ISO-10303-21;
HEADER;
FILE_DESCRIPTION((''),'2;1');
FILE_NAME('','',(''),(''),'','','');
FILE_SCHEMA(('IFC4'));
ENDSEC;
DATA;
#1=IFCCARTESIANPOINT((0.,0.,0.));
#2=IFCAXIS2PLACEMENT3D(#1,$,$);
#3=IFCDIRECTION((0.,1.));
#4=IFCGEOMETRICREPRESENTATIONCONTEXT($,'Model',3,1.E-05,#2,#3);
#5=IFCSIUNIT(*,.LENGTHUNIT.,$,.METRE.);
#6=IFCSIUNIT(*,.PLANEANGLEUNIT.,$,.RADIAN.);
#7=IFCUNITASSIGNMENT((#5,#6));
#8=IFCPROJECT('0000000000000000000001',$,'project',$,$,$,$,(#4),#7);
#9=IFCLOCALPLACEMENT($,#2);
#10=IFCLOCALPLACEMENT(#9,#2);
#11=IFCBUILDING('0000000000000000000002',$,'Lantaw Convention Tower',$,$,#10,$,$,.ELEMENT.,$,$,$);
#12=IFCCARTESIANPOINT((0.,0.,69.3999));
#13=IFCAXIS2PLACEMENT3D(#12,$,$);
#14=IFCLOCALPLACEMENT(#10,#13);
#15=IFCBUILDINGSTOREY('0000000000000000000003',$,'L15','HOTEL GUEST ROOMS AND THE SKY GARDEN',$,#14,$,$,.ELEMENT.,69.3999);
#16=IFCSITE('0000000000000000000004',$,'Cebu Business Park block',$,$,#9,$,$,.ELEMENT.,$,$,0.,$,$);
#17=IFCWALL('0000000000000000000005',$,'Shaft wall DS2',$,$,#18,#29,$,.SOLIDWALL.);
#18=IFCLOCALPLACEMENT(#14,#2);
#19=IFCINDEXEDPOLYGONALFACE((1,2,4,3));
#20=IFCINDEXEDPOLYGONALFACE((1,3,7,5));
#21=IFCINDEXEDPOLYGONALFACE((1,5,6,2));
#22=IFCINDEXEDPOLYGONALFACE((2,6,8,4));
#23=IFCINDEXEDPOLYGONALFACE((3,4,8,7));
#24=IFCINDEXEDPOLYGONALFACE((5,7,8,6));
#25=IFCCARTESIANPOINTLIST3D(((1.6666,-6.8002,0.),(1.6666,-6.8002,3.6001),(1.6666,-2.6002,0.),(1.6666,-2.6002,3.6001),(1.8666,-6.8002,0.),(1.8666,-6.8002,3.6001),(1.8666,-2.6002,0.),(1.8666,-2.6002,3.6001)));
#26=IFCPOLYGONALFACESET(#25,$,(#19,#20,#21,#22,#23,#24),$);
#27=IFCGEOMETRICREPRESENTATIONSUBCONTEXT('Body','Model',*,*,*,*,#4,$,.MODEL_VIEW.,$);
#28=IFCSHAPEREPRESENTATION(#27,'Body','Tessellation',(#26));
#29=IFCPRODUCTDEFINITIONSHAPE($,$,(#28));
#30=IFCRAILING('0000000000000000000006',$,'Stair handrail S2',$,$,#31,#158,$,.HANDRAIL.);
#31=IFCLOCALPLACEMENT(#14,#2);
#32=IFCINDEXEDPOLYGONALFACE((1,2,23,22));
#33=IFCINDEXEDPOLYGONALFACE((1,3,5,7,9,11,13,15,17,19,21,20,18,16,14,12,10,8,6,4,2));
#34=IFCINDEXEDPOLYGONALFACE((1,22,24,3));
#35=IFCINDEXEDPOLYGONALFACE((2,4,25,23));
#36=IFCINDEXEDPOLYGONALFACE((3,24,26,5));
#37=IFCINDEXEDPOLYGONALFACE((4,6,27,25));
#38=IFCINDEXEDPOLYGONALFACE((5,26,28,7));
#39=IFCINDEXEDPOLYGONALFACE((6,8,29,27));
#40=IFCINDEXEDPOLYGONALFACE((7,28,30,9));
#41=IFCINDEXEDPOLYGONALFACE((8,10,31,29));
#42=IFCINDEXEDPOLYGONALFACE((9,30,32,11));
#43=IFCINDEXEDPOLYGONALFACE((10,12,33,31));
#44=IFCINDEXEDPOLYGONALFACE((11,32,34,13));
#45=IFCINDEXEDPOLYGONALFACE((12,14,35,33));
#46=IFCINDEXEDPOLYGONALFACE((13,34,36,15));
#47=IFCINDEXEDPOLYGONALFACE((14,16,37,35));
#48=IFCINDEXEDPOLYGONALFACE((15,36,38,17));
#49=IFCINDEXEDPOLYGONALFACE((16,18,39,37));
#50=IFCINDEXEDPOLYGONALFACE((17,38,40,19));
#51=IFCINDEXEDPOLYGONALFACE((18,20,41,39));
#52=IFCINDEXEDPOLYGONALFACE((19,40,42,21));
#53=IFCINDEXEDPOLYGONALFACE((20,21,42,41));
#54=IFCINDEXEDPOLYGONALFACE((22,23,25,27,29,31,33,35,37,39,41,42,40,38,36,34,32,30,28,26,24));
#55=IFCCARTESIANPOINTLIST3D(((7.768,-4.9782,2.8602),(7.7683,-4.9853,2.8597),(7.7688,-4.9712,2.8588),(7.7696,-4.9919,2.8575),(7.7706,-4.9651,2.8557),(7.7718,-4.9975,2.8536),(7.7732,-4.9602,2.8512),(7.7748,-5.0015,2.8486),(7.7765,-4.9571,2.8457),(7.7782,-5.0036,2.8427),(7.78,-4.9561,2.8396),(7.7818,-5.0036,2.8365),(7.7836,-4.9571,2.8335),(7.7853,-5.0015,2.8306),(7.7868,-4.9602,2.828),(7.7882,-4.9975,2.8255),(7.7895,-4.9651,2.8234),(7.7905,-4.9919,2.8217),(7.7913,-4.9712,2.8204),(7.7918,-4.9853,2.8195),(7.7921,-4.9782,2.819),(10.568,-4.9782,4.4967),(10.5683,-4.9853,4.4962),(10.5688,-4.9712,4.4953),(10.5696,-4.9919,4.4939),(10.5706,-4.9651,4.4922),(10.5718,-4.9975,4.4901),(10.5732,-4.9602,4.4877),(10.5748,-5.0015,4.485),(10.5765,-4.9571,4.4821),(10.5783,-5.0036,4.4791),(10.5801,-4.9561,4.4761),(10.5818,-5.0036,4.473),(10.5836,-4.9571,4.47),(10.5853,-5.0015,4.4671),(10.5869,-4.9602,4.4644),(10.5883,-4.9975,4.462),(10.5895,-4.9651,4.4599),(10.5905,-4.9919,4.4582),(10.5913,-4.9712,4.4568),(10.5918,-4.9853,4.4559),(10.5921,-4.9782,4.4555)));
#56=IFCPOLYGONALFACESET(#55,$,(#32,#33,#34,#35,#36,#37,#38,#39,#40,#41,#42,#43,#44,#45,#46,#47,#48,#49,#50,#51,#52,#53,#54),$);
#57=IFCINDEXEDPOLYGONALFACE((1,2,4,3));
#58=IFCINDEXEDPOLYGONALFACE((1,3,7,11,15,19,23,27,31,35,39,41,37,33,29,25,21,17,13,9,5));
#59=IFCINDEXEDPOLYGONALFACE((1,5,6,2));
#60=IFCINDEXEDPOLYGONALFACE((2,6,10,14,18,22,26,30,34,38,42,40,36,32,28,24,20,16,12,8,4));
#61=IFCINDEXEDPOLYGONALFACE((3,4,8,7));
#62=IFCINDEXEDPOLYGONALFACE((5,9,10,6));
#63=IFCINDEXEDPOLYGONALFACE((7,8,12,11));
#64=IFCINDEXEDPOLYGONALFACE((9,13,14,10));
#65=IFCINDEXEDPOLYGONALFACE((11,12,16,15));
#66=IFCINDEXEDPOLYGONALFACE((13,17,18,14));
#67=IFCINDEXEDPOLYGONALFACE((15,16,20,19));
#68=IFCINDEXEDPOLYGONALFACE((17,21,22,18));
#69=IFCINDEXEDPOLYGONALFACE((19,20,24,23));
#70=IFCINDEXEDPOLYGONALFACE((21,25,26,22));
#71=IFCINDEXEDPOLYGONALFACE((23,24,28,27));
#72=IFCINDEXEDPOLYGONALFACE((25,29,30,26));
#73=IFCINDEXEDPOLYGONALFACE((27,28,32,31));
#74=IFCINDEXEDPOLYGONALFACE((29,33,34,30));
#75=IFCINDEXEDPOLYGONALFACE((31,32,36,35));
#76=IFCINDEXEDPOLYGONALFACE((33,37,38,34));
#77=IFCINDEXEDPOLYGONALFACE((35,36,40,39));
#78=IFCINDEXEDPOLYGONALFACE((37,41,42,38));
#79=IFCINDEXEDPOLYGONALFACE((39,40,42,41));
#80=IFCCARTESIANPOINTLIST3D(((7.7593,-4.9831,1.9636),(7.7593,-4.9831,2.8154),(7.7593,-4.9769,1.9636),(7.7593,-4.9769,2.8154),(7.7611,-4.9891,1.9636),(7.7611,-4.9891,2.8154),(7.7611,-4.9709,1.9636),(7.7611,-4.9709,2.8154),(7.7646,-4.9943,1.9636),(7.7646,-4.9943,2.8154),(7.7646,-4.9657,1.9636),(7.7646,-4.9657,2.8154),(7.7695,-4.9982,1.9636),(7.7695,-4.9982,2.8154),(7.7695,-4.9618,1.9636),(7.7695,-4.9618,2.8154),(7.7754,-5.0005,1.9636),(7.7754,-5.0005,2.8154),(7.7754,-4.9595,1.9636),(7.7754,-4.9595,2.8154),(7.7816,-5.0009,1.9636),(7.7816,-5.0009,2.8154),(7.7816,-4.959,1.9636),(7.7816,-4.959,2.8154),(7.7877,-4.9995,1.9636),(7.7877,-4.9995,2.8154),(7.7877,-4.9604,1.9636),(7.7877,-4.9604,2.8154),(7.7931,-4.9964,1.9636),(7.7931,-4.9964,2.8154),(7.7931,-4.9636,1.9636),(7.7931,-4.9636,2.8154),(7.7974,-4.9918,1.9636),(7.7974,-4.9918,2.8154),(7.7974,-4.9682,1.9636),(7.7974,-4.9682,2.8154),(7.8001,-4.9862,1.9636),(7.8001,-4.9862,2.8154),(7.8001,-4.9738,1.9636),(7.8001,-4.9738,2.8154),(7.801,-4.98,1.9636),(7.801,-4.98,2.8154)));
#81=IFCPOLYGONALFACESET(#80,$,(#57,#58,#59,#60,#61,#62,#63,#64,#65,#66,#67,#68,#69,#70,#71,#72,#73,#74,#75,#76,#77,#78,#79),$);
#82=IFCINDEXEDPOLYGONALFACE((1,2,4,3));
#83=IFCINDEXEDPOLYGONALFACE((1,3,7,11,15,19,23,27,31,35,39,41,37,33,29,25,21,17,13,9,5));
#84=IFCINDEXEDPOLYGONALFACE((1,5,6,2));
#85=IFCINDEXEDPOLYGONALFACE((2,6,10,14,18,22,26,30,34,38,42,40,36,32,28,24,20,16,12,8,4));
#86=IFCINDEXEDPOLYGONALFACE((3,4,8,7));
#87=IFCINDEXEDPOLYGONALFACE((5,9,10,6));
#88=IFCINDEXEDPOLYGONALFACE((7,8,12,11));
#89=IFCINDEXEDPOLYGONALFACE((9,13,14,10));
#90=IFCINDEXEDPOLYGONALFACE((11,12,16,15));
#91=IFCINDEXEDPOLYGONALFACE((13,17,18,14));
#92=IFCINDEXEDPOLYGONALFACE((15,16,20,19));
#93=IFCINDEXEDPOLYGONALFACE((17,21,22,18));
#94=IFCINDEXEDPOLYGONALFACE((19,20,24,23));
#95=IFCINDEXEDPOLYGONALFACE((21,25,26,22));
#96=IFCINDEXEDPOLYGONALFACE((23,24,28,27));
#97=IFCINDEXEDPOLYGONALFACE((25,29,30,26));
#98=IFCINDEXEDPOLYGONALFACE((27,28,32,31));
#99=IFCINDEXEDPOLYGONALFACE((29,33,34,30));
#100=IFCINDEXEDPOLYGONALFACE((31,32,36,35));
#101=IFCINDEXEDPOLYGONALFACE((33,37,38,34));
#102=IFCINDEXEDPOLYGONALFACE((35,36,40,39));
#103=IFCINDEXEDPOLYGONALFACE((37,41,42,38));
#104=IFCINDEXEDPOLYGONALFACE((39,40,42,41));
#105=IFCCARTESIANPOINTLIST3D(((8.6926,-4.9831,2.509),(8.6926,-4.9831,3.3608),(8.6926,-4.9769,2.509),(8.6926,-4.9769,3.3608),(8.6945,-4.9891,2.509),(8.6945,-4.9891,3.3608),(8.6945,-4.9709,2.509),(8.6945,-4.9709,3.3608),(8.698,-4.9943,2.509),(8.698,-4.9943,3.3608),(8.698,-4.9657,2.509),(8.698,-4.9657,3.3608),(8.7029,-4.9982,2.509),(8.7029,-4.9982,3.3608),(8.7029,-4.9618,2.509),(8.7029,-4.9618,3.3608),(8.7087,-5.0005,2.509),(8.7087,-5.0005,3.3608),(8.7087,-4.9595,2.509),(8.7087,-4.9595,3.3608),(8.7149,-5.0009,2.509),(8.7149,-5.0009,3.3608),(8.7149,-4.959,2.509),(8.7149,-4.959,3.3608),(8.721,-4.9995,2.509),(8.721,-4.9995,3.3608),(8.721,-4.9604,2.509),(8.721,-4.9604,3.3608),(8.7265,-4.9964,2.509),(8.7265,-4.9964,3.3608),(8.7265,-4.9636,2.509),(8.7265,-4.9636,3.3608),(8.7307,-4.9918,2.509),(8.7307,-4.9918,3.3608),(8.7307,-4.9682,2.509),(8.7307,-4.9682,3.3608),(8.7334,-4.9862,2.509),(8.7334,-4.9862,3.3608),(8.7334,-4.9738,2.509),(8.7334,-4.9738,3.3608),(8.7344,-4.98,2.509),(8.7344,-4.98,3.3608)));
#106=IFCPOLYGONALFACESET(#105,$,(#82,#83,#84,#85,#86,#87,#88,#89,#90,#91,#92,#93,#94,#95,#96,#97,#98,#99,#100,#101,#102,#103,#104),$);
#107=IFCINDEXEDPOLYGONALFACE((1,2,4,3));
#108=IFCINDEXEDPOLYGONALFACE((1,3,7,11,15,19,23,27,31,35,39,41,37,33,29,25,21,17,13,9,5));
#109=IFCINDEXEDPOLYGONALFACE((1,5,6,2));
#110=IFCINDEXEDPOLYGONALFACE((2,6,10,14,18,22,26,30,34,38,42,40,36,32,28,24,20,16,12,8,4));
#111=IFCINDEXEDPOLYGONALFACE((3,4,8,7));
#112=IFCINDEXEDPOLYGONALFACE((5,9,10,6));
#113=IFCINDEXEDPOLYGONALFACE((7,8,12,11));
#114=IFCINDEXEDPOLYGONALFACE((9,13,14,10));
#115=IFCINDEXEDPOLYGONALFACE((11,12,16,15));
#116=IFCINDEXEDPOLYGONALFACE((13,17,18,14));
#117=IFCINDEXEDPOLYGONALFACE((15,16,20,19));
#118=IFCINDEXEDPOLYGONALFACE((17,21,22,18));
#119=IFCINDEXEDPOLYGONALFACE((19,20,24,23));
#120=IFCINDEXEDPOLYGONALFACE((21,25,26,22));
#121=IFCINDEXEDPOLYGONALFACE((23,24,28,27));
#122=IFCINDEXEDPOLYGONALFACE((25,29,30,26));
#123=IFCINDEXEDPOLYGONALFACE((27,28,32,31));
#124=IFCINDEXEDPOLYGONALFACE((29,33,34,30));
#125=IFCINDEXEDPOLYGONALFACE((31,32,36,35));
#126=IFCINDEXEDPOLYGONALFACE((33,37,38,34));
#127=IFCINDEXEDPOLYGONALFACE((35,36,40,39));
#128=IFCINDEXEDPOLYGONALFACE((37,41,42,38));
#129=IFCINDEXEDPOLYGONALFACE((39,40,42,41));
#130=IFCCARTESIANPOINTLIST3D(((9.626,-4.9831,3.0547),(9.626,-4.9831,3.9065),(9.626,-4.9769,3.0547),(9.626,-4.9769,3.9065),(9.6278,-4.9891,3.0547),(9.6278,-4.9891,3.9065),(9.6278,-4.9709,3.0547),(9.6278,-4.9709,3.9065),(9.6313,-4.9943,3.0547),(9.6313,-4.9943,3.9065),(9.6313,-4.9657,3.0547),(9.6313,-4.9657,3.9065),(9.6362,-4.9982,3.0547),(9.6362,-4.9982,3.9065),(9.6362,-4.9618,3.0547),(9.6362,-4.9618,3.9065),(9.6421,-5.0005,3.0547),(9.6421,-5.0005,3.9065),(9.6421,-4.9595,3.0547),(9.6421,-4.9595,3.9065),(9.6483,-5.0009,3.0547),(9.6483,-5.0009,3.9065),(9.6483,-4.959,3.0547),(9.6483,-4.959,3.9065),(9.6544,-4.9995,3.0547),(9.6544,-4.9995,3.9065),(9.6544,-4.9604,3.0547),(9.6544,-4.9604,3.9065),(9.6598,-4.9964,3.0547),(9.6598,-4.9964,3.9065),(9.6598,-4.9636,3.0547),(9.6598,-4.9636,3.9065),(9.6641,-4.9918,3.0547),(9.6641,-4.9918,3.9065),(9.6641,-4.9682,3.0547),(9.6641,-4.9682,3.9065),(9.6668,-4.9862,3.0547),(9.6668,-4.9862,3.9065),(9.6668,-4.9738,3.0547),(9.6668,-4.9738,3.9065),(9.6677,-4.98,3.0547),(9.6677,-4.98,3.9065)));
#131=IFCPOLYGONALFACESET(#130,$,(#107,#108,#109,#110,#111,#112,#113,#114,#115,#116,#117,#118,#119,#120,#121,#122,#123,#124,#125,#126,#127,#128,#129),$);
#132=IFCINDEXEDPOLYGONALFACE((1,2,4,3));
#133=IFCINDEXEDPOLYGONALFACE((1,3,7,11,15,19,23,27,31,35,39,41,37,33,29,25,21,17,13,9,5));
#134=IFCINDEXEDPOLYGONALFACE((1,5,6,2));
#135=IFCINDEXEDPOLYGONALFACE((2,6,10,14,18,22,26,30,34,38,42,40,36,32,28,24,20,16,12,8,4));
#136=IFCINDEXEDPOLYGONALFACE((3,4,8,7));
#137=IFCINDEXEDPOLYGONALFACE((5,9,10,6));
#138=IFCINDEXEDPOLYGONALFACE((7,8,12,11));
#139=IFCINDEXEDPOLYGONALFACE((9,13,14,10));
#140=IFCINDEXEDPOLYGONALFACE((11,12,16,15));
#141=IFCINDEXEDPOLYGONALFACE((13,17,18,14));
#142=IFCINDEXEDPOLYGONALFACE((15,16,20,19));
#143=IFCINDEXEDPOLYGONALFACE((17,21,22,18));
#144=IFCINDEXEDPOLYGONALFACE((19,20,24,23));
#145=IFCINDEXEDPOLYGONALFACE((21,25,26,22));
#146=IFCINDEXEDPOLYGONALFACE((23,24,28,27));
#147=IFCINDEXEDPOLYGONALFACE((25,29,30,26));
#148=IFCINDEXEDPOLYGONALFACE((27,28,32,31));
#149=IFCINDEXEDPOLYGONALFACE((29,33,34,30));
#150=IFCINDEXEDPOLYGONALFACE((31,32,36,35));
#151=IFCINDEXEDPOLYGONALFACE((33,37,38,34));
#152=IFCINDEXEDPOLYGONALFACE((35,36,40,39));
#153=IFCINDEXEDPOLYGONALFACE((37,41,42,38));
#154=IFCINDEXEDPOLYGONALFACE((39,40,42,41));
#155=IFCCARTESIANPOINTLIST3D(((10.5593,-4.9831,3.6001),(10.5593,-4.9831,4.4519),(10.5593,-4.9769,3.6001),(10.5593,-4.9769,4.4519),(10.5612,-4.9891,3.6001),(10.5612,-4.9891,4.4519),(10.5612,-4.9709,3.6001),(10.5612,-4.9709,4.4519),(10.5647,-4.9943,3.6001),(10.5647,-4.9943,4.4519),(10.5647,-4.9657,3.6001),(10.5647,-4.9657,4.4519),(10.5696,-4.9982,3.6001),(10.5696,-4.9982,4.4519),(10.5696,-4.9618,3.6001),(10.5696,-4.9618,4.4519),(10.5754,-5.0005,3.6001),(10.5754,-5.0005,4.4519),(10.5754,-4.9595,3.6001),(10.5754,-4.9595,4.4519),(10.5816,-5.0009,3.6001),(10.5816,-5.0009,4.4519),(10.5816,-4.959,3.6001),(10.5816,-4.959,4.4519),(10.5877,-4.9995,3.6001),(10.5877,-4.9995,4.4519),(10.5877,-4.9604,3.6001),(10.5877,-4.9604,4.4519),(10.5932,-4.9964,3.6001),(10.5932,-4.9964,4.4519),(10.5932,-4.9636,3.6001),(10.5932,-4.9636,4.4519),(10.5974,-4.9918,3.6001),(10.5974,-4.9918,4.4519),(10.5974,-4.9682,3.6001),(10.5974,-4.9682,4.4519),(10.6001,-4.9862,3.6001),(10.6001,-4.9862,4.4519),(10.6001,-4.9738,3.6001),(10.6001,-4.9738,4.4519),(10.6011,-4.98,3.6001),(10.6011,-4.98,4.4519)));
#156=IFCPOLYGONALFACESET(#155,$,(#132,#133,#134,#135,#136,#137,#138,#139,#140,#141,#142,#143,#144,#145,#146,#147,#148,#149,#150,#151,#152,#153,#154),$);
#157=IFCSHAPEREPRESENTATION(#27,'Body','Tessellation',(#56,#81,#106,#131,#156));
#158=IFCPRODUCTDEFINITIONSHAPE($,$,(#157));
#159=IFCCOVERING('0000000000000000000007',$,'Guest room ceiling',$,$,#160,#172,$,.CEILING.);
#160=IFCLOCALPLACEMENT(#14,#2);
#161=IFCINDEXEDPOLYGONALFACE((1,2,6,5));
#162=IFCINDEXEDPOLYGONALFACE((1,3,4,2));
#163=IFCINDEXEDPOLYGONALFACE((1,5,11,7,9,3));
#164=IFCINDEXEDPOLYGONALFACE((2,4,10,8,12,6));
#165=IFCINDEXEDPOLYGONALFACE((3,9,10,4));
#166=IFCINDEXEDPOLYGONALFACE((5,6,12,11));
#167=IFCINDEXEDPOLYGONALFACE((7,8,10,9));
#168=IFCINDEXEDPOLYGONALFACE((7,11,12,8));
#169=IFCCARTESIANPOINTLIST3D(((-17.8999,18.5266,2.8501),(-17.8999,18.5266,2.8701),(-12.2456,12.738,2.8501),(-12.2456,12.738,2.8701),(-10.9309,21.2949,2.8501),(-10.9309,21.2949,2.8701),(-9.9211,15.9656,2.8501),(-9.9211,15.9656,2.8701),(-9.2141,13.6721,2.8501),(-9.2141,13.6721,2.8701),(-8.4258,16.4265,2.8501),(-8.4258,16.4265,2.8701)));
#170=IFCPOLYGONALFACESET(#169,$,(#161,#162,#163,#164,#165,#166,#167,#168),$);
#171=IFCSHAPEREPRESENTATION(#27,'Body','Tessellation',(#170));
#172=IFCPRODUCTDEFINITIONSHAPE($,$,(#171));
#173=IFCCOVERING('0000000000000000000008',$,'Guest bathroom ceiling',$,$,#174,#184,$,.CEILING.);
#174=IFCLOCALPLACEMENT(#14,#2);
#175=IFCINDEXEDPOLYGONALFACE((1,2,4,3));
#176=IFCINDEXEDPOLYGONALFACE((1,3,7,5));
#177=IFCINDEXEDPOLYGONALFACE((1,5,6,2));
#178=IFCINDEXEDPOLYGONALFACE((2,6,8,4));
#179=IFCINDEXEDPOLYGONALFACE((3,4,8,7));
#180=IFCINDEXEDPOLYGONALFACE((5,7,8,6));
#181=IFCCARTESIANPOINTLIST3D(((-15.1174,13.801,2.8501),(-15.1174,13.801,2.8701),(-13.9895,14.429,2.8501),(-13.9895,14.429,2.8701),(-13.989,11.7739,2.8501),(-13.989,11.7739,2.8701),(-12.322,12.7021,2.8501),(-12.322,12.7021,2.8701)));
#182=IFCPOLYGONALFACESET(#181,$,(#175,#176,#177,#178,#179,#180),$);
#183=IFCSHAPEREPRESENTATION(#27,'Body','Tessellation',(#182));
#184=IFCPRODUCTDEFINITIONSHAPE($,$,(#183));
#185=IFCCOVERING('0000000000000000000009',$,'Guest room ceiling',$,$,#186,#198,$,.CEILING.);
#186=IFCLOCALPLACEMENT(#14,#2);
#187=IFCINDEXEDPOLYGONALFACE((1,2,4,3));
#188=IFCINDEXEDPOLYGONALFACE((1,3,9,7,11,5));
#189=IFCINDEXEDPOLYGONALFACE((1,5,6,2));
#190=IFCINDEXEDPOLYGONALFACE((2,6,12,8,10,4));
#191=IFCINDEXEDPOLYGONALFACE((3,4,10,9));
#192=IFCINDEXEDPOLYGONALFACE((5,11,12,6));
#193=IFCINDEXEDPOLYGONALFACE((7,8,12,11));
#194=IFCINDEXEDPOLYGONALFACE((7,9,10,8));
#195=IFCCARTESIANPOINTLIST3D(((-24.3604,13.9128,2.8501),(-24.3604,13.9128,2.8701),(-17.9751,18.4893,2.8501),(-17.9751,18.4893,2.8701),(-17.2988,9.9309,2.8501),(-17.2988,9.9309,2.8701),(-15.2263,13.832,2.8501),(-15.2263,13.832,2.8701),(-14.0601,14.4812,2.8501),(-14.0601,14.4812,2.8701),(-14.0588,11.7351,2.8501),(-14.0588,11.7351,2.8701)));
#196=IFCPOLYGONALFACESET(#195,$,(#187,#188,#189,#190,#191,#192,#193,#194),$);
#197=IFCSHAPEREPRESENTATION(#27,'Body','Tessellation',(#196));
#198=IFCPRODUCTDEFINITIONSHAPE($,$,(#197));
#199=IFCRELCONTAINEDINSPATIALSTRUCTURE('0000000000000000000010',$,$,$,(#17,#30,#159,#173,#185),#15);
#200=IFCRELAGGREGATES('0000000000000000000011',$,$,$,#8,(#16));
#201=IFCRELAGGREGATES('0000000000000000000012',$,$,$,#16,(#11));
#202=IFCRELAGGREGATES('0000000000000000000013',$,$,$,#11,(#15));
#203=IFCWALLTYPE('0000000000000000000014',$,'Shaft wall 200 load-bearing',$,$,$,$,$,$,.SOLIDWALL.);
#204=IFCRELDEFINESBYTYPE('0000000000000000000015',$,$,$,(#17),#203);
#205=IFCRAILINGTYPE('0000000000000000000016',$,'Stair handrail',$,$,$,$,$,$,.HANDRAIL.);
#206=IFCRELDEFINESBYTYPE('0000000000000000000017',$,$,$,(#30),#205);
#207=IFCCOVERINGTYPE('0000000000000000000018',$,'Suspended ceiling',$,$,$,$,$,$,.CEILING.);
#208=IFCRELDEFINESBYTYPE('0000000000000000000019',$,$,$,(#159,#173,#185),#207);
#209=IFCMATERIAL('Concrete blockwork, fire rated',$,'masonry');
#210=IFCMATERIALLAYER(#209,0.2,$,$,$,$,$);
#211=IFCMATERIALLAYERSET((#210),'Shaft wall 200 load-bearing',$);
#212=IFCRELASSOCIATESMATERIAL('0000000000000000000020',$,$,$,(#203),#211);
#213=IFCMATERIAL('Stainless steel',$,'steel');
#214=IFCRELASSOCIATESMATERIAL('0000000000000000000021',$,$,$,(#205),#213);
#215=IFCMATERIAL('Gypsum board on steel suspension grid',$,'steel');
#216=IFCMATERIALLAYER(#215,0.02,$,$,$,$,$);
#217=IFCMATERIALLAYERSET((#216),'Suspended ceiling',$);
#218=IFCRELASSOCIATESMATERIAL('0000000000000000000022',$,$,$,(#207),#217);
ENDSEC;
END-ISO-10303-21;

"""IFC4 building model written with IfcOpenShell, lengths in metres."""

from ifc_helpers import new_model, si_unit, direction, frame, frame_2d, origin, origin_2d, place, context, subcontext, project, spatial, polyline, rectangle, circle, outline, extrude, material, layer, layer_set, type_object, element, save


model = new_model("IFC4")

# Units and contexts
model_context = context("Model", 3, precision=1e-05, world=origin(), true_north=direction((0.0, 1.0)))
body_context = subcontext(model_context, "Body", "Model", "MODEL_VIEW")
ifc_project = project(units=[si_unit("LENGTHUNIT", "METRE"), si_unit("PLANEANGLEUNIT", "RADIAN")], contexts=[model_context])

# Site, building, storey
site_placement = place(None, origin())
site = spatial("IfcSite", under=ifc_project, at=site_placement, Name="Cebu Business Park block", CompositionType="ELEMENT", RefElevation=0.0)
building_placement = place(site_placement, origin())
building = spatial("IfcBuilding", under=site, at=building_placement, Name="Lantaw Convention Tower", CompositionType="ELEMENT")
storey_placement = place(building_placement, frame((0.0, 0.0, 69.3999)))
storey = spatial("IfcBuildingStorey", under=building, at=storey_placement, Name="L15", Description="HOTEL GUEST ROOMS AND THE SKY GARDEN", CompositionType="ELEMENT", Elevation=69.3999)

# Shared definitions
ifc_material_1 = material(Name="Concrete blockwork, fire rated", Category="masonry")

# Wall
ifc_layer_1 = layer(ifc_material_1, 0.2)
ifc_layer_set_1 = layer_set([ifc_layer_1], Name="Shaft wall 200 load-bearing")
wall_type_1 = type_object("IfcWallType", Name="Shaft wall 200 load-bearing", PredefinedType="SOLIDWALL", material=ifc_layer_set_1)
wall_1_placement = place(storey_placement, frame((1.7666, -2.6001, 0.0), z_axis=(0.0, 0.0, 1.0), x_axis=(0.0, -1.0, 0.0)))
element("IfcWall", 1, at=wall_1_placement, inside=storey, type_object=wall_type_1, Name="Shaft wall DS2", PredefinedType="SOLIDWALL", context=body_context, shape_type="SweptSolid", body=[
    extrude(rectangle(XDim=4.2, YDim=0.2, at=frame_2d((2.1001, 0.0))), origin(), (0.0, 0.0, 1.0), 3.6001),
])

# Railing
ifc_material_2 = material(Name="Stainless steel", Category="steel")
railing_type = type_object("IfcRailingType", Name="Stair handrail", PredefinedType="HANDRAIL", material=ifc_material_2)
railing_placement = place(storey_placement, frame((7.78, -4.98, 1.9636)))
element("IfcRailing", 2, at=railing_placement, inside=storey, type_object=railing_type, Name="Stair handrail S2", PredefinedType="HANDRAIL", context=body_context, shape_type="SweptSolid", body=[
    extrude(circle(Radius=0.0239, at=origin_2d()), frame((0.0, 0.0, 0.876), z_axis=(0.863361, 0.0, 0.504587), x_axis=(0.0, 1.0, 0.0)), (0.0, 0.0, 1.0), 3.2432),
    extrude(circle(Radius=0.021, at=origin_2d()), origin(), (0.0, 0.0, 1.0), 0.8518),
    extrude(circle(Radius=0.021, at=origin_2d()), frame((0.9333, 0.0, 0.5454)), (0.0, 0.0, 1.0), 0.8518),
    extrude(circle(Radius=0.021, at=origin_2d()), frame((1.8667, 0.0, 1.0911)), (0.0, 0.0, 1.0), 0.8518),
    extrude(circle(Radius=0.021, at=origin_2d()), frame((2.8, 0.0, 1.6365)), (0.0, 0.0, 1.0), 0.8518),
])

# Coverings
ifc_material_3 = material(Name="Gypsum board on steel suspension grid", Category="steel")
ifc_layer_2 = layer(ifc_material_3, 0.02)
ifc_layer_set_2 = layer_set([ifc_layer_2], Name="Suspended ceiling")
covering_type = type_object("IfcCoveringType", Name="Suspended ceiling", PredefinedType="CEILING", material=ifc_layer_set_2)
covering_1_placement = place(storey_placement, frame((0.0, 0.0, 2.8501)))
element("IfcCovering", 3, at=covering_1_placement, inside=storey, type_object=covering_type, Name="Guest room ceiling", PredefinedType="CEILING", context=body_context, shape_type="SweptSolid", body=[
    extrude(outline(polyline([(-12.2456, 12.738), (-9.2141, 13.6721), (-9.9211, 15.9656), (-8.4258, 16.4265), (-10.9309, 21.2949), (-17.8999, 18.5266), (-12.2456, 12.738)])), origin(), (0.0, 0.0, 1.0), 0.02),
])
covering_2_placement = place(storey_placement, frame((0.0, 0.0, 2.8501)))
element("IfcCovering", 4, at=covering_2_placement, inside=storey, type_object=covering_type, Name="Guest bathroom ceiling", PredefinedType="CEILING", context=body_context, shape_type="SweptSolid", body=[
    extrude(outline(polyline([(-12.322, 12.7021), (-13.9895, 14.429), (-15.1174, 13.801), (-13.989, 11.7739), (-12.322, 12.7021)])), origin(), (0.0, 0.0, 1.0), 0.02),
])
covering_3_placement = place(storey_placement, frame((0.0, 0.0, 2.8501)))
element("IfcCovering", 5, at=covering_3_placement, inside=storey, type_object=covering_type, Name="Guest room ceiling", PredefinedType="CEILING", context=body_context, shape_type="SweptSolid", body=[
    extrude(outline(polyline([(-17.2988, 9.9309), (-14.0588, 11.7351), (-15.2263, 13.832), (-14.0601, 14.4812), (-17.9751, 18.4893), (-24.3604, 13.9128), (-17.2988, 9.9309)])), origin(), (0.0, 0.0, 1.0), 0.02),
])

save(model, "model.ifc")
